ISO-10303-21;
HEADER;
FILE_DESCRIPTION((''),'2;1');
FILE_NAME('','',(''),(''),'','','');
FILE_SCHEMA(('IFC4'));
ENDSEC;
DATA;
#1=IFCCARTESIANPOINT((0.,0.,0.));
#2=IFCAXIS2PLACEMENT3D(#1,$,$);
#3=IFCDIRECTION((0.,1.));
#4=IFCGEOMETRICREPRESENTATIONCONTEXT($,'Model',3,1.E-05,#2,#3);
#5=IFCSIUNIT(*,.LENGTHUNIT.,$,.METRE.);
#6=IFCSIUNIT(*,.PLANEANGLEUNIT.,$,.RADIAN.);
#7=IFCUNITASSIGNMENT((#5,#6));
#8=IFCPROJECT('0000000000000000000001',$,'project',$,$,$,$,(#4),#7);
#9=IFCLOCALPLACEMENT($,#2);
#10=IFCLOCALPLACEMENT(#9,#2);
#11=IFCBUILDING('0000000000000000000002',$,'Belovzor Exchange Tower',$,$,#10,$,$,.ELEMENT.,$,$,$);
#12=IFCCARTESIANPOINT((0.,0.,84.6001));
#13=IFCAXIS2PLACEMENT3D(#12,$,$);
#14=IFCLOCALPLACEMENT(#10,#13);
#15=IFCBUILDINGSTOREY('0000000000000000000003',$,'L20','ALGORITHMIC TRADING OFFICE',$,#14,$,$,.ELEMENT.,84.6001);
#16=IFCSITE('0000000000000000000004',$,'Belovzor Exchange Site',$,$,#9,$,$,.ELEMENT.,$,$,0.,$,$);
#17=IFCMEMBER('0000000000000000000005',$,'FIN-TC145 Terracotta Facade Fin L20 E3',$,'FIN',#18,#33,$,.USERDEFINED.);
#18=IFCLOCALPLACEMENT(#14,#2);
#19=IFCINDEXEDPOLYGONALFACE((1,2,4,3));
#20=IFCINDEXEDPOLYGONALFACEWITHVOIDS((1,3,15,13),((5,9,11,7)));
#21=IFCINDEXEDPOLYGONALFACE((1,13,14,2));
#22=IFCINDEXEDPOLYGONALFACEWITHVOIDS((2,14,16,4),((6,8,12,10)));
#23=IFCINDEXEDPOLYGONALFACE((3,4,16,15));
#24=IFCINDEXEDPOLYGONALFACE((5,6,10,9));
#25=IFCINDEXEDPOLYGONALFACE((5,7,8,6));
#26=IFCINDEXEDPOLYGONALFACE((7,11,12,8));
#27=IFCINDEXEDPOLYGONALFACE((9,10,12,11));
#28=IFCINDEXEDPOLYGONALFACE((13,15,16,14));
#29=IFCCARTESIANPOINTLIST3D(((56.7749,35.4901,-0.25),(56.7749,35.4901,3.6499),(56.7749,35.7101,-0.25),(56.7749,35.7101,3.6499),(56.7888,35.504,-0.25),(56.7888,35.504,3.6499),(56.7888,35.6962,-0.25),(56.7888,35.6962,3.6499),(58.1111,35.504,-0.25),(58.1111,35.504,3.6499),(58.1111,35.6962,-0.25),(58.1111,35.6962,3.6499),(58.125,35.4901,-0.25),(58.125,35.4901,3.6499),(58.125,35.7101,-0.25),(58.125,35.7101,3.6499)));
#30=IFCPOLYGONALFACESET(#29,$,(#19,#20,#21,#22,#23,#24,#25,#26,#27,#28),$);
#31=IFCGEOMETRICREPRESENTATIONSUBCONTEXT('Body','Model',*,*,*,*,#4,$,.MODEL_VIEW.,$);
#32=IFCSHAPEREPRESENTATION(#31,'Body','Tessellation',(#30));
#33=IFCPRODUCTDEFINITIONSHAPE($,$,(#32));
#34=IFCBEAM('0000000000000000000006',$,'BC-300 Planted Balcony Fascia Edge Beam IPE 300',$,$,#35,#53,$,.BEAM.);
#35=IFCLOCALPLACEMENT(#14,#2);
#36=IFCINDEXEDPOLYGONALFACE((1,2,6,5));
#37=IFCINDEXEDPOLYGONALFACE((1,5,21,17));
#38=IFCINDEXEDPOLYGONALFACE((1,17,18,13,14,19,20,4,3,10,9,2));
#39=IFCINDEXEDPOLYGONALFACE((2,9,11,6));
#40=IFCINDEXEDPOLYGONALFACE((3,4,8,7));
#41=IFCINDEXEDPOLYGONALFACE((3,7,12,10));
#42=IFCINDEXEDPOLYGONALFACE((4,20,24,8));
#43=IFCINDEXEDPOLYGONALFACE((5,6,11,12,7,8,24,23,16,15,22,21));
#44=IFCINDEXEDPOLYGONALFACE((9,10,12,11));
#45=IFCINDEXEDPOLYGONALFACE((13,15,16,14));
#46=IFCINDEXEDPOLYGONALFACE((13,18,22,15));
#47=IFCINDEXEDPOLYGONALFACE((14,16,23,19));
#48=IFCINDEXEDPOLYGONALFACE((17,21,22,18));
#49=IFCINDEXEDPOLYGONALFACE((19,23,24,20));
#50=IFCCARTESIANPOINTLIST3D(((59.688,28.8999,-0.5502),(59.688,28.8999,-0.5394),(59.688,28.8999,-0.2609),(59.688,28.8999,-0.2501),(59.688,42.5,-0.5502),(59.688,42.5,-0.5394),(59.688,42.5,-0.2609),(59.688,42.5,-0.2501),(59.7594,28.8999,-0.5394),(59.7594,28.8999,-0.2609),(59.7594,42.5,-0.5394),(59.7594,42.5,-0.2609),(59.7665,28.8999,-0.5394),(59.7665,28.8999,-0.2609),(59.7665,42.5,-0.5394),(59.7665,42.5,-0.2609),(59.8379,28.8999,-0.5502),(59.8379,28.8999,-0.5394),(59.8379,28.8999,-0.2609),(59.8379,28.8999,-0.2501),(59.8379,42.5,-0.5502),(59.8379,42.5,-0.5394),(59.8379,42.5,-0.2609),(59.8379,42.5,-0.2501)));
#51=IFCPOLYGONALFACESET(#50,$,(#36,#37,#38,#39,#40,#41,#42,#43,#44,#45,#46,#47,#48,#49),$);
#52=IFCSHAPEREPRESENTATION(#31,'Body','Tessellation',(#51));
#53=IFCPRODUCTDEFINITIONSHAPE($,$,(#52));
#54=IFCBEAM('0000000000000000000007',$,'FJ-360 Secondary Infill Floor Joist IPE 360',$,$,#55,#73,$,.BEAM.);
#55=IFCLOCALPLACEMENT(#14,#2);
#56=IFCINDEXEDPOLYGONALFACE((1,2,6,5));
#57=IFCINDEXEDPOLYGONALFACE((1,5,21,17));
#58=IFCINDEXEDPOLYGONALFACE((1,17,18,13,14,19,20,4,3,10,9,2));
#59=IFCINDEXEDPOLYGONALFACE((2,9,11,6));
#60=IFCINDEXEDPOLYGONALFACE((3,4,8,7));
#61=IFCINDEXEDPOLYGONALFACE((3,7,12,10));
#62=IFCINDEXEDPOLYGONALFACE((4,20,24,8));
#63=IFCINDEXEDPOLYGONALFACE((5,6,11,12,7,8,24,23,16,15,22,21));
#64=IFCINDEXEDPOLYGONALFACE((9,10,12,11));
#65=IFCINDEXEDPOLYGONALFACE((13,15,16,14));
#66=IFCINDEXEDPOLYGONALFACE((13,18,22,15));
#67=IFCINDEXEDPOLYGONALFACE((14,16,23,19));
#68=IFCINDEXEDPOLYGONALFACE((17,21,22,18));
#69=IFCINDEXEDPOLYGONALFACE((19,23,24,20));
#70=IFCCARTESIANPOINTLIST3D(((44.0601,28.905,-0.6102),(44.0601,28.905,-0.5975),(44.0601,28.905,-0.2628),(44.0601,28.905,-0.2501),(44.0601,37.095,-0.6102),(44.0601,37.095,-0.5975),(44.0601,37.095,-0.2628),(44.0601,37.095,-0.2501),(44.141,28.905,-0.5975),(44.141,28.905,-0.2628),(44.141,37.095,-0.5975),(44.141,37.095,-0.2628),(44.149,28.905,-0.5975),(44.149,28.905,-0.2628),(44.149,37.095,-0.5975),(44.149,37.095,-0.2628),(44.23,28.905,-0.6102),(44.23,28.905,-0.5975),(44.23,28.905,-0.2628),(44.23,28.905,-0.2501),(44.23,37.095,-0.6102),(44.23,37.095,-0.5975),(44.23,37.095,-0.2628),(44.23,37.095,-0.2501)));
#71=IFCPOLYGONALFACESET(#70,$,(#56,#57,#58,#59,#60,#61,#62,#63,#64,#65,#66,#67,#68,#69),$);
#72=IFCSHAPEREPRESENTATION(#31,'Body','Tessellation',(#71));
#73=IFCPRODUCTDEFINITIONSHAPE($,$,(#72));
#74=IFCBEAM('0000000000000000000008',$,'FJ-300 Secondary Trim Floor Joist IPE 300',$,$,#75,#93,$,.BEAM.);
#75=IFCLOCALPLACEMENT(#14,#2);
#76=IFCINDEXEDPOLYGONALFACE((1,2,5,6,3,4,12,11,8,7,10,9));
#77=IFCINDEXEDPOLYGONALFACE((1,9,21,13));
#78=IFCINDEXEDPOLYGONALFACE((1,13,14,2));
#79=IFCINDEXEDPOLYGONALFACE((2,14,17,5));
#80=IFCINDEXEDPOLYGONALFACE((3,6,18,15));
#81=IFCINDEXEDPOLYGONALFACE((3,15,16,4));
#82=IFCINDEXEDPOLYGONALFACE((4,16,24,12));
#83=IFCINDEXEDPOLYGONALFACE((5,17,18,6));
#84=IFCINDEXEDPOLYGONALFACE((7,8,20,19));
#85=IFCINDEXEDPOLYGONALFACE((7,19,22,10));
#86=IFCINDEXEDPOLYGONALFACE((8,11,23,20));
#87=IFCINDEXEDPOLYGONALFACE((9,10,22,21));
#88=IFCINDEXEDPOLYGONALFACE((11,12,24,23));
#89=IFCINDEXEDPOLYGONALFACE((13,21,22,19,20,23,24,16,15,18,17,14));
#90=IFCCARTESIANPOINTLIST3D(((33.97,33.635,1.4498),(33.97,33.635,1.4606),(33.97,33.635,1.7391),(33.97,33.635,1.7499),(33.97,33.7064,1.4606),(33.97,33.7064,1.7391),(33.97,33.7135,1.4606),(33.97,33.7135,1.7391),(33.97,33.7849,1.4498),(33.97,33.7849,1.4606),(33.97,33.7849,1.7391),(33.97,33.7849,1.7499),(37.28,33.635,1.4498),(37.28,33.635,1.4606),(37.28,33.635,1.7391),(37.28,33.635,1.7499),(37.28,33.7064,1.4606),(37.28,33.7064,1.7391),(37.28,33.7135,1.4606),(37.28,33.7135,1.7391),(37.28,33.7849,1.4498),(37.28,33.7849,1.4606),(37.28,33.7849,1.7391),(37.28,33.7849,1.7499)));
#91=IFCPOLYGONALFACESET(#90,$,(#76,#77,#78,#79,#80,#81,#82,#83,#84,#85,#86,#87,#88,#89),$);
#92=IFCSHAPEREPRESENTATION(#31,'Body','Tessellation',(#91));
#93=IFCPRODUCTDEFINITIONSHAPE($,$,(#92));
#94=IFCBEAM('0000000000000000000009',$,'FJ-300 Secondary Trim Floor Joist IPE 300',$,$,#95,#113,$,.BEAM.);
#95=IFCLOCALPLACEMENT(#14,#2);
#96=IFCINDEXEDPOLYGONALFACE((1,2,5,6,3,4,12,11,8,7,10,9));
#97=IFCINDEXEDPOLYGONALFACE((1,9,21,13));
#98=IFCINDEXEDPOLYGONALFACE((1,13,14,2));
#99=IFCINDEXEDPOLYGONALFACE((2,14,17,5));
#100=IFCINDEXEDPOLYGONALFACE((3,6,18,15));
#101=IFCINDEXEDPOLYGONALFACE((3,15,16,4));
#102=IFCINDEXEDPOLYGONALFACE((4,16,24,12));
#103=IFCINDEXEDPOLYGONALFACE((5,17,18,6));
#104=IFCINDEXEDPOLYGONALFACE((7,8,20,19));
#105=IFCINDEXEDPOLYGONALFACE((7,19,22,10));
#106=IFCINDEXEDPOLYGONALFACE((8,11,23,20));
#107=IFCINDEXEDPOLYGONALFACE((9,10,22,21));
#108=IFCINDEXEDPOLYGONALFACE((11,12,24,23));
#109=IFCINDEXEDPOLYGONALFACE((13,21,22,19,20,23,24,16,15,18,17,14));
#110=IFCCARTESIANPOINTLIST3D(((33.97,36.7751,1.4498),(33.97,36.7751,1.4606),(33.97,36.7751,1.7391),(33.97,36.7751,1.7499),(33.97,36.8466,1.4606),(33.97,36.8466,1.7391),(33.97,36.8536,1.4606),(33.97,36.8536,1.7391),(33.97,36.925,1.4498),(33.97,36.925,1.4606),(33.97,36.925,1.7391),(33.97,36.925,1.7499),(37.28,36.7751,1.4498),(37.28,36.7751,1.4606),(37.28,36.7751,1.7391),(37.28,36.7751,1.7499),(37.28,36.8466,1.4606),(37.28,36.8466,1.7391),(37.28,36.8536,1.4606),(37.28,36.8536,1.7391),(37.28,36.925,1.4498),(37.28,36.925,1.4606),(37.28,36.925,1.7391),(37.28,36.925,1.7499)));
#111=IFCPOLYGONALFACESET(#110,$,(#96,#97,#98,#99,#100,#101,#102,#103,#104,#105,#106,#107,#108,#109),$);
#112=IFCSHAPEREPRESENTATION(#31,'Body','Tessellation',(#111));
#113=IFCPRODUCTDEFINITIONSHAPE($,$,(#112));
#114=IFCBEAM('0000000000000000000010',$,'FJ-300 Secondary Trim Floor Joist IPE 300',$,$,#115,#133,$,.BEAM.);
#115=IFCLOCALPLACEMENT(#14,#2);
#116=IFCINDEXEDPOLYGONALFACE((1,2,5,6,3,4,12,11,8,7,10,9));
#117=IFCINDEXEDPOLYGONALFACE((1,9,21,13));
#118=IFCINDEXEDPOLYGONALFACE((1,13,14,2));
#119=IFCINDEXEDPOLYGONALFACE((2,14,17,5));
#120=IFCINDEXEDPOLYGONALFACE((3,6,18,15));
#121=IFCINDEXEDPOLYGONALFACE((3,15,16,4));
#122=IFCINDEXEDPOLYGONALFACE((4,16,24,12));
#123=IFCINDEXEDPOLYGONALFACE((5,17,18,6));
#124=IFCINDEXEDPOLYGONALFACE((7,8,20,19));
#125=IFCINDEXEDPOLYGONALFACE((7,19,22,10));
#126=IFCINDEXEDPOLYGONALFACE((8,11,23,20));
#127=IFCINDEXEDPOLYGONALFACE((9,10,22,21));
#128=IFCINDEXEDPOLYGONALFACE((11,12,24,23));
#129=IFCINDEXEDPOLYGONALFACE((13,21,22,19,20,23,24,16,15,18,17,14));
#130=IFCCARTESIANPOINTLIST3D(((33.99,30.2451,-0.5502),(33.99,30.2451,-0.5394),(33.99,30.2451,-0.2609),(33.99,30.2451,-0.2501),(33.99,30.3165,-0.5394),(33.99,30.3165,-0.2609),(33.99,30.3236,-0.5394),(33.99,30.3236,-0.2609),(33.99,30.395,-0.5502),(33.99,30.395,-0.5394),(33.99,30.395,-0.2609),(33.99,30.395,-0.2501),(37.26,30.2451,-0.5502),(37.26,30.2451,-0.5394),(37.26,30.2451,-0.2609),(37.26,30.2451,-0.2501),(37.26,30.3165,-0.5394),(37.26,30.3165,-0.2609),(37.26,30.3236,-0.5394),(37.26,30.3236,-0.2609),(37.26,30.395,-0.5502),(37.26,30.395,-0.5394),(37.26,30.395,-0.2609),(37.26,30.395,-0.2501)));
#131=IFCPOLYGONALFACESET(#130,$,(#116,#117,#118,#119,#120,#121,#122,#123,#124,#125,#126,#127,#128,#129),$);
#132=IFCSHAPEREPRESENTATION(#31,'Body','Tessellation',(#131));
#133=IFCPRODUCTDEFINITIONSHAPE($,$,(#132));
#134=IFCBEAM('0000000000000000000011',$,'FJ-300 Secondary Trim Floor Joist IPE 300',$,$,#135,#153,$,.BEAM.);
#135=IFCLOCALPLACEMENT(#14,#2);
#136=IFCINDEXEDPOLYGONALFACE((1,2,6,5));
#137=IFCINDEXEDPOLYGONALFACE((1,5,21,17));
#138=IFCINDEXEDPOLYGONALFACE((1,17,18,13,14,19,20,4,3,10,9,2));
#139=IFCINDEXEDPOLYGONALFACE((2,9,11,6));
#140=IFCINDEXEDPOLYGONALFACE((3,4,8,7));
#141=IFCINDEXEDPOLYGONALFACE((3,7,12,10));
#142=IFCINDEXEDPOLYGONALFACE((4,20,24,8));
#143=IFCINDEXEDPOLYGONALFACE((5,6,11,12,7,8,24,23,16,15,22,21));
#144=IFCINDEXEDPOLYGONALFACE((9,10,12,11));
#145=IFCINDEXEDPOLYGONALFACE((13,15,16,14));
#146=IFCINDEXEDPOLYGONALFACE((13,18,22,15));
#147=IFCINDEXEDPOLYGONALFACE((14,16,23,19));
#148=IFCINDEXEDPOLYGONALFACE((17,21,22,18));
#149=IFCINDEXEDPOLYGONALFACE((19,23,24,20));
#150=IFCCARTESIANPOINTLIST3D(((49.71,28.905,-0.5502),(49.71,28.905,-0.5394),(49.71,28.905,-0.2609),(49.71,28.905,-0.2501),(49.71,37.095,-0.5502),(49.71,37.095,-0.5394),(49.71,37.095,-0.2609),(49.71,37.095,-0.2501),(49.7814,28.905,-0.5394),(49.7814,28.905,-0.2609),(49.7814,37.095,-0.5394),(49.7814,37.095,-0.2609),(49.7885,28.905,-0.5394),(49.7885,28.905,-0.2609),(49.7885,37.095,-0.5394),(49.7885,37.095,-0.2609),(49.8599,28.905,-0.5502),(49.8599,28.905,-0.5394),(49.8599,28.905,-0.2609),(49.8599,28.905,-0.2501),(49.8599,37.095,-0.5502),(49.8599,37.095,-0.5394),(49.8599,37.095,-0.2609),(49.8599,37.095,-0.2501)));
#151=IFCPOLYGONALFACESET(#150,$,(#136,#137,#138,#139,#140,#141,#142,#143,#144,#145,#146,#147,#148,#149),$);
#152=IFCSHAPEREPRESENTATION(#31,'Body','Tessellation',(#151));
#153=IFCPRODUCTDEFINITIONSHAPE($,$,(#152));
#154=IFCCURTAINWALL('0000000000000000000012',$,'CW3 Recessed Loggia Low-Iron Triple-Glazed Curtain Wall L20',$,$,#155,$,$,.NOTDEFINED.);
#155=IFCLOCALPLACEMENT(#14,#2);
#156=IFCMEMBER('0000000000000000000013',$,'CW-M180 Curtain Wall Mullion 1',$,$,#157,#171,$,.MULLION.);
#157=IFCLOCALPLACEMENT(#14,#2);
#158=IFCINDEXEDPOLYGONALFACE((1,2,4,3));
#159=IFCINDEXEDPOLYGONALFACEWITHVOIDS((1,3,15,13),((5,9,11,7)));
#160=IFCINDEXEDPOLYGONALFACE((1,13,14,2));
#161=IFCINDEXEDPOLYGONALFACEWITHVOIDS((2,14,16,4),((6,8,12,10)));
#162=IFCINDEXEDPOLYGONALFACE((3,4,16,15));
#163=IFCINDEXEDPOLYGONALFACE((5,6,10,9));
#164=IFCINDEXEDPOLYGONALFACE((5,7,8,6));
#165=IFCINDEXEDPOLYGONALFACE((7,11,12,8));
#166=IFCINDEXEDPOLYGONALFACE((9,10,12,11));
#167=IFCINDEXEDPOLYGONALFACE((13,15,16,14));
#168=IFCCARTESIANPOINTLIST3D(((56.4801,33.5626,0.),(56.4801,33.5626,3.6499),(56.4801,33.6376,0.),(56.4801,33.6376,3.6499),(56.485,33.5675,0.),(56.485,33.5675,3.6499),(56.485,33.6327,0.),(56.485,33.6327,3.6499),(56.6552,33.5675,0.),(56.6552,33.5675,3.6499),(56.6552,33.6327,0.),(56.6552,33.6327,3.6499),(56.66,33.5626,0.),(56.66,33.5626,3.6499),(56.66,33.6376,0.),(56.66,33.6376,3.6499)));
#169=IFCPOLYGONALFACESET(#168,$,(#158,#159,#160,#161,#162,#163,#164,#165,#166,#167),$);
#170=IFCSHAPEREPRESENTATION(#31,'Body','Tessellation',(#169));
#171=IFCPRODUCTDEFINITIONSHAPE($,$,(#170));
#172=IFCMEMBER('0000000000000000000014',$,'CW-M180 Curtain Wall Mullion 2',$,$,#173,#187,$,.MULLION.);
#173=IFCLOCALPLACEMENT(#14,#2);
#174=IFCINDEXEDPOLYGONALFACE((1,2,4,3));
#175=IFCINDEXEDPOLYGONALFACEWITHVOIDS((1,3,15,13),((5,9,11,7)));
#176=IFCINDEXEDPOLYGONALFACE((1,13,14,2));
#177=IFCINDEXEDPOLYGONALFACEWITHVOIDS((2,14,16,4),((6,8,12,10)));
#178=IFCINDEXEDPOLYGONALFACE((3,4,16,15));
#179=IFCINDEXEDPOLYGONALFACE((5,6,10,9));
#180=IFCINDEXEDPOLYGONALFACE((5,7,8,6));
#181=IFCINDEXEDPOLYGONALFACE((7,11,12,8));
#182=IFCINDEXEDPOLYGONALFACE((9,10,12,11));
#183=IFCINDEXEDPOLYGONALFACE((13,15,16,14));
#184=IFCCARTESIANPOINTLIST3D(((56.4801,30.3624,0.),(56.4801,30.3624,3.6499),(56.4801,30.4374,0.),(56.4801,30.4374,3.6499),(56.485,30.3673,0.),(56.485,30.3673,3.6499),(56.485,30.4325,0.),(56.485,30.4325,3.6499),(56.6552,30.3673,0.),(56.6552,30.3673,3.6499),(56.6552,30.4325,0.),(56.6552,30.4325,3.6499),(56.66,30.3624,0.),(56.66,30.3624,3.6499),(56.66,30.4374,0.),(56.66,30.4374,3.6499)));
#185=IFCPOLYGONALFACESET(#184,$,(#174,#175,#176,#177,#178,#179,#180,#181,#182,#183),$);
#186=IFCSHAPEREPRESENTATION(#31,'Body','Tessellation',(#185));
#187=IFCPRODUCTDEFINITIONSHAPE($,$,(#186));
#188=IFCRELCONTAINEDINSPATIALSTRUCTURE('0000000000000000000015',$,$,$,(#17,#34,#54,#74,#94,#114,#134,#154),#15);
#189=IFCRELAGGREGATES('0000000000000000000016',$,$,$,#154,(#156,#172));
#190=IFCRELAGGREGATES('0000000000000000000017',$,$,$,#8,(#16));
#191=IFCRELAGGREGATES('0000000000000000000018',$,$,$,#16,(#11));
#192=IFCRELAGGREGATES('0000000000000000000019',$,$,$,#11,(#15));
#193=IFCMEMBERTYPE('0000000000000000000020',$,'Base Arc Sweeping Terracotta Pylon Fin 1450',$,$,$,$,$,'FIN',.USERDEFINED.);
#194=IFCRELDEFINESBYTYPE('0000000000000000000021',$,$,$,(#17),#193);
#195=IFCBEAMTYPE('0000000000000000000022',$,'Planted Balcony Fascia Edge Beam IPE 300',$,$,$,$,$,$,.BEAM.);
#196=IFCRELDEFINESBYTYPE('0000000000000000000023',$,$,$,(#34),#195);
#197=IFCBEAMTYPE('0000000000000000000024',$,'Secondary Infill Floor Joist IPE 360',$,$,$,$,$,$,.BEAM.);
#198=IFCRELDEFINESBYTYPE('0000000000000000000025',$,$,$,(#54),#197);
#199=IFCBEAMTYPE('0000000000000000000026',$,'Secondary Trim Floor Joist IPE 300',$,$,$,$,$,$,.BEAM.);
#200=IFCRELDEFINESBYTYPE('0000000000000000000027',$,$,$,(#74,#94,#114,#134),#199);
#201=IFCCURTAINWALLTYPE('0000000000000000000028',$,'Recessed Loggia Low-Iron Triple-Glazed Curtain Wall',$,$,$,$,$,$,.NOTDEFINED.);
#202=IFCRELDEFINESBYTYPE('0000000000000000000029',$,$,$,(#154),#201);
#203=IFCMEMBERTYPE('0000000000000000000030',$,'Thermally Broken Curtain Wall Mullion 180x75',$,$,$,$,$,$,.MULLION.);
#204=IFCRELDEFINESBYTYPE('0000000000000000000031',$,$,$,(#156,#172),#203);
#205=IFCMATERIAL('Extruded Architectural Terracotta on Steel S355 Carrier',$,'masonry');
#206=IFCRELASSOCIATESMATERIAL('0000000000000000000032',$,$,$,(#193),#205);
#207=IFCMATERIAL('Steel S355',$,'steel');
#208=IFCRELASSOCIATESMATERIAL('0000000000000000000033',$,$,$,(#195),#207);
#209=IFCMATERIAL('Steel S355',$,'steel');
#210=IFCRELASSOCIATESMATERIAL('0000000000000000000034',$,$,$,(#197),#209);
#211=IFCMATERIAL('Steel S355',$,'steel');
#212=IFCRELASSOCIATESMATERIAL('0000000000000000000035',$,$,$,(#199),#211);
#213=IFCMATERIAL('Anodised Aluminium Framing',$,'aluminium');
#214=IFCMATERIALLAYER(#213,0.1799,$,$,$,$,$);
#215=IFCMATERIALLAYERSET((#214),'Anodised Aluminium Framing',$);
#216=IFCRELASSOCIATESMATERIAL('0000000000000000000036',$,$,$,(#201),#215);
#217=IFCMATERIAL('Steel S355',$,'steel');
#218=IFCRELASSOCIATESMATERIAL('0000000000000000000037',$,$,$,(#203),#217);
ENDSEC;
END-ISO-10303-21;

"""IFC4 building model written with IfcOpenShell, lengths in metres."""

from ifc_helpers import new_model, si_unit, direction, frame, origin, origin_2d, place, context, subcontext, project, spatial, hollow_rectangle, i_section, extrude, material, layer, layer_set, material_profile, profile_set, type_object, element, aggregate, save


model = new_model("IFC4")

# Units and contexts
model_context = context("Model", 3, precision=1e-05, world=origin(), true_north=direction((0.0, 1.0)))
body_context = subcontext(model_context, "Body", "Model", "MODEL_VIEW")
ifc_project = project(units=[si_unit("LENGTHUNIT", "METRE"), si_unit("PLANEANGLEUNIT", "RADIAN")], contexts=[model_context])

# Site, building, storey
site_placement = place(None, origin())
site = spatial("IfcSite", under=ifc_project, at=site_placement, Name="Belovzor Exchange Site", CompositionType="ELEMENT", RefElevation=0.0)
building_placement = place(site_placement, origin())
building = spatial("IfcBuilding", under=site, at=building_placement, Name="Belovzor Exchange Tower", CompositionType="ELEMENT")
storey_placement = place(building_placement, frame((0.0, 0.0, 84.6001)))
storey = spatial("IfcBuildingStorey", under=building, at=storey_placement, Name="L20", Description="ALGORITHMIC TRADING OFFICE", CompositionType="ELEMENT", Elevation=84.6001)

# Member
ifc_material_1 = material(Name="Extruded Architectural Terracotta on Steel S355 Carrier", Category="masonry")
ifc_material_profile_1 = material_profile(ifc_material_1, hollow_rectangle(XDim=0.22, YDim=1.3501, WallThickness=0.0139, at=origin_2d()))
ifc_profile_set_1 = profile_set([ifc_material_profile_1], Name="Extruded Architectural Terracotta on Steel S355 Carrier")
member_type_1 = type_object("IfcMemberType", Name="Base Arc Sweeping Terracotta Pylon Fin 1450", ElementType="FIN", PredefinedType="USERDEFINED", material=ifc_profile_set_1)
member_1_placement = place(storey_placement, frame((57.45, 35.6001, -0.25), z_axis=(0.0, 0.0, 1.0), x_axis=(0.0, 1.0, 0.0)))
element("IfcMember", 1, at=member_1_placement, inside=storey, type_object=member_type_1, Name="FIN-TC145 Terracotta Facade Fin L20 E3", ObjectType="FIN", PredefinedType="USERDEFINED", context=body_context, shape_type="SweptSolid", body=[
    extrude(hollow_rectangle(XDim=0.22, YDim=1.3501, WallThickness=0.0139, at=origin_2d()), origin(), (0.0, 0.0, 1.0), 3.8999),
])

# Beams
ifc_material_2 = material(Name="Steel S355", Category="steel")
ifc_material_profile_2 = material_profile(ifc_material_2, i_section(OverallWidth=0.1499, OverallDepth=0.3, WebThickness=0.0071, FlangeThickness=0.0107, at=origin_2d()))
ifc_profile_set_2 = profile_set([ifc_material_profile_2], Name="Steel S355")
beam_type_1 = type_object("IfcBeamType", Name="Planted Balcony Fascia Edge Beam IPE 300", PredefinedType="BEAM", material=ifc_profile_set_2)
beam_1_placement = place(storey_placement, frame((59.7629, 28.8999, -0.4001), z_axis=(0.0, 1.0, 0.0), x_axis=(-1.0, 0.0, 0.0)))
element("IfcBeam", 2, at=beam_1_placement, inside=storey, type_object=beam_type_1, Name="BC-300 Planted Balcony Fascia Edge Beam IPE 300", PredefinedType="BEAM", context=body_context, shape_type="SweptSolid", body=[
    extrude(i_section(OverallWidth=0.1499, OverallDepth=0.3, WebThickness=0.0071, FlangeThickness=0.0107, at=origin_2d()), origin(), (0.0, 0.0, 1.0), 13.6001),
])
ifc_material_3 = material(Name="Steel S355", Category="steel")
ifc_material_profile_3 = material_profile(ifc_material_3, i_section(OverallWidth=0.1699, OverallDepth=0.3601, WebThickness=0.0081, FlangeThickness=0.0127, at=origin_2d()))
ifc_profile_set_3 = profile_set([ifc_material_profile_3], Name="Steel S355")
beam_type_2 = type_object("IfcBeamType", Name="Secondary Infill Floor Joist IPE 360", PredefinedType="BEAM", material=ifc_profile_set_3)
beam_2_placement = place(storey_placement, frame((44.145, 28.905, -0.4302), z_axis=(0.0, 1.0, 0.0), x_axis=(-1.0, 0.0, 0.0)))
element("IfcBeam", 3, at=beam_2_placement, inside=storey, type_object=beam_type_2, Name="FJ-360 Secondary Infill Floor Joist IPE 360", PredefinedType="BEAM", context=body_context, shape_type="SweptSolid", body=[
    extrude(i_section(OverallWidth=0.1699, OverallDepth=0.3601, WebThickness=0.0081, FlangeThickness=0.0127, at=origin_2d()), origin(), (0.0, 0.0, 1.0), 8.1899),
])
ifc_material_4 = material(Name="Steel S355", Category="steel")
ifc_material_profile_4 = material_profile(ifc_material_4, i_section(OverallWidth=0.1499, OverallDepth=0.3, WebThickness=0.0071, FlangeThickness=0.0107, at=origin_2d()))
ifc_profile_set_4 = profile_set([ifc_material_profile_4], Name="Steel S355")
beam_type_3 = type_object("IfcBeamType", Name="Secondary Trim Floor Joist IPE 300", PredefinedType="BEAM", material=ifc_profile_set_4)
for number, where, z_axis, x_axis, name in (
    (4, (37.28, 33.71, 1.5999), (-1.0, 0.0, 0.0), (0.0, -1.0, 0.0), "FJ-300 Secondary Trim Floor Joist IPE 300"),
    (5, (37.28, 36.8501, 1.5999), (-1.0, 0.0, 0.0), (0.0, -1.0, 0.0), "FJ-300 Secondary Trim Floor Joist IPE 300"),
):
    element("IfcBeam", number, at=place(storey_placement, frame(where, z_axis=z_axis, x_axis=x_axis)), inside=storey, type_object=beam_type_3, Name=name, PredefinedType="BEAM", context=body_context, shape_type="SweptSolid", body=[
        extrude(i_section(OverallWidth=0.1499, OverallDepth=0.3, WebThickness=0.0071, FlangeThickness=0.0107, at=origin_2d()), origin(), (0.0, 0.0, 1.0), 3.3101),
    ])
beam_3_placement = place(storey_placement, frame((37.26, 30.3201, -0.4001), z_axis=(-1.0, 0.0, 0.0), x_axis=(0.0, -1.0, 0.0)))
element("IfcBeam", 6, at=beam_3_placement, inside=storey, type_object=beam_type_3, Name="FJ-300 Secondary Trim Floor Joist IPE 300", PredefinedType="BEAM", context=body_context, shape_type="SweptSolid", body=[
    extrude(i_section(OverallWidth=0.1499, OverallDepth=0.3, WebThickness=0.0071, FlangeThickness=0.0107, at=origin_2d()), origin(), (0.0, 0.0, 1.0), 3.27),
])
beam_4_placement = place(storey_placement, frame((49.7849, 28.905, -0.4001), z_axis=(0.0, 1.0, 0.0), x_axis=(-1.0, 0.0, 0.0)))
element("IfcBeam", 7, at=beam_4_placement, inside=storey, type_object=beam_type_3, Name="FJ-300 Secondary Trim Floor Joist IPE 300", PredefinedType="BEAM", context=body_context, shape_type="SweptSolid", body=[
    extrude(i_section(OverallWidth=0.1499, OverallDepth=0.3, WebThickness=0.0071, FlangeThickness=0.0107, at=origin_2d()), origin(), (0.0, 0.0, 1.0), 8.1899),
])

# Curtain wall, members
ifc_material_5 = material(Name="Anodised Aluminium Framing", Category="aluminium")
ifc_layer_1 = layer(ifc_material_5, 0.1799)
ifc_layer_set_1 = layer_set([ifc_layer_1], Name="Anodised Aluminium Framing")
curtain_wall_type = type_object("IfcCurtainWallType", Name="Recessed Loggia Low-Iron Triple-Glazed Curtain Wall", PredefinedType="NOTDEFINED", material=ifc_layer_set_1)
curtain_wall_placement = place(storey_placement, origin())
curtain_wall = element("IfcCurtainWall", 8, at=curtain_wall_placement, inside=storey, type_object=curtain_wall_type, Name="CW3 Recessed Loggia Low-Iron Triple-Glazed Curtain Wall L20", PredefinedType="NOTDEFINED")
ifc_material_6 = material(Name="Steel S355", Category="steel")
ifc_material_profile_5 = material_profile(ifc_material_6, hollow_rectangle(XDim=0.075, YDim=0.1799, WallThickness=0.0049, at=origin_2d()))
ifc_profile_set_5 = profile_set([ifc_material_profile_5], Name="Steel S355")
member_type_2 = type_object("IfcMemberType", Name="Thermally Broken Curtain Wall Mullion 180x75", PredefinedType="MULLION", material=ifc_profile_set_5)
member_2_placement = place(storey_placement, frame((56.5701, 33.6001, 0.0), z_axis=(0.0, 0.0, 1.0), x_axis=(0.0, -1.0, 0.0)))
member_2 = element("IfcMember", 9, at=member_2_placement, type_object=member_type_2, Name="CW-M180 Curtain Wall Mullion 1", PredefinedType="MULLION", context=body_context, shape_type="SweptSolid", body=[
    extrude(hollow_rectangle(XDim=0.075, YDim=0.1799, WallThickness=0.0049, at=origin_2d()), origin(), (0.0, 0.0, 1.0), 3.6499),
])
member_3_placement = place(storey_placement, frame((56.5701, 30.3999, 0.0), z_axis=(0.0, 0.0, 1.0), x_axis=(0.0, -1.0, 0.0)))
member_3 = element("IfcMember", 10, at=member_3_placement, type_object=member_type_2, Name="CW-M180 Curtain Wall Mullion 2", PredefinedType="MULLION", context=body_context, shape_type="SweptSolid", body=[
    extrude(hollow_rectangle(XDim=0.075, YDim=0.1799, WallThickness=0.0049, at=origin_2d()), origin(), (0.0, 0.0, 1.0), 3.6499),
])

aggregate(curtain_wall, [member_2, member_3])

save(model, "model.ifc")
